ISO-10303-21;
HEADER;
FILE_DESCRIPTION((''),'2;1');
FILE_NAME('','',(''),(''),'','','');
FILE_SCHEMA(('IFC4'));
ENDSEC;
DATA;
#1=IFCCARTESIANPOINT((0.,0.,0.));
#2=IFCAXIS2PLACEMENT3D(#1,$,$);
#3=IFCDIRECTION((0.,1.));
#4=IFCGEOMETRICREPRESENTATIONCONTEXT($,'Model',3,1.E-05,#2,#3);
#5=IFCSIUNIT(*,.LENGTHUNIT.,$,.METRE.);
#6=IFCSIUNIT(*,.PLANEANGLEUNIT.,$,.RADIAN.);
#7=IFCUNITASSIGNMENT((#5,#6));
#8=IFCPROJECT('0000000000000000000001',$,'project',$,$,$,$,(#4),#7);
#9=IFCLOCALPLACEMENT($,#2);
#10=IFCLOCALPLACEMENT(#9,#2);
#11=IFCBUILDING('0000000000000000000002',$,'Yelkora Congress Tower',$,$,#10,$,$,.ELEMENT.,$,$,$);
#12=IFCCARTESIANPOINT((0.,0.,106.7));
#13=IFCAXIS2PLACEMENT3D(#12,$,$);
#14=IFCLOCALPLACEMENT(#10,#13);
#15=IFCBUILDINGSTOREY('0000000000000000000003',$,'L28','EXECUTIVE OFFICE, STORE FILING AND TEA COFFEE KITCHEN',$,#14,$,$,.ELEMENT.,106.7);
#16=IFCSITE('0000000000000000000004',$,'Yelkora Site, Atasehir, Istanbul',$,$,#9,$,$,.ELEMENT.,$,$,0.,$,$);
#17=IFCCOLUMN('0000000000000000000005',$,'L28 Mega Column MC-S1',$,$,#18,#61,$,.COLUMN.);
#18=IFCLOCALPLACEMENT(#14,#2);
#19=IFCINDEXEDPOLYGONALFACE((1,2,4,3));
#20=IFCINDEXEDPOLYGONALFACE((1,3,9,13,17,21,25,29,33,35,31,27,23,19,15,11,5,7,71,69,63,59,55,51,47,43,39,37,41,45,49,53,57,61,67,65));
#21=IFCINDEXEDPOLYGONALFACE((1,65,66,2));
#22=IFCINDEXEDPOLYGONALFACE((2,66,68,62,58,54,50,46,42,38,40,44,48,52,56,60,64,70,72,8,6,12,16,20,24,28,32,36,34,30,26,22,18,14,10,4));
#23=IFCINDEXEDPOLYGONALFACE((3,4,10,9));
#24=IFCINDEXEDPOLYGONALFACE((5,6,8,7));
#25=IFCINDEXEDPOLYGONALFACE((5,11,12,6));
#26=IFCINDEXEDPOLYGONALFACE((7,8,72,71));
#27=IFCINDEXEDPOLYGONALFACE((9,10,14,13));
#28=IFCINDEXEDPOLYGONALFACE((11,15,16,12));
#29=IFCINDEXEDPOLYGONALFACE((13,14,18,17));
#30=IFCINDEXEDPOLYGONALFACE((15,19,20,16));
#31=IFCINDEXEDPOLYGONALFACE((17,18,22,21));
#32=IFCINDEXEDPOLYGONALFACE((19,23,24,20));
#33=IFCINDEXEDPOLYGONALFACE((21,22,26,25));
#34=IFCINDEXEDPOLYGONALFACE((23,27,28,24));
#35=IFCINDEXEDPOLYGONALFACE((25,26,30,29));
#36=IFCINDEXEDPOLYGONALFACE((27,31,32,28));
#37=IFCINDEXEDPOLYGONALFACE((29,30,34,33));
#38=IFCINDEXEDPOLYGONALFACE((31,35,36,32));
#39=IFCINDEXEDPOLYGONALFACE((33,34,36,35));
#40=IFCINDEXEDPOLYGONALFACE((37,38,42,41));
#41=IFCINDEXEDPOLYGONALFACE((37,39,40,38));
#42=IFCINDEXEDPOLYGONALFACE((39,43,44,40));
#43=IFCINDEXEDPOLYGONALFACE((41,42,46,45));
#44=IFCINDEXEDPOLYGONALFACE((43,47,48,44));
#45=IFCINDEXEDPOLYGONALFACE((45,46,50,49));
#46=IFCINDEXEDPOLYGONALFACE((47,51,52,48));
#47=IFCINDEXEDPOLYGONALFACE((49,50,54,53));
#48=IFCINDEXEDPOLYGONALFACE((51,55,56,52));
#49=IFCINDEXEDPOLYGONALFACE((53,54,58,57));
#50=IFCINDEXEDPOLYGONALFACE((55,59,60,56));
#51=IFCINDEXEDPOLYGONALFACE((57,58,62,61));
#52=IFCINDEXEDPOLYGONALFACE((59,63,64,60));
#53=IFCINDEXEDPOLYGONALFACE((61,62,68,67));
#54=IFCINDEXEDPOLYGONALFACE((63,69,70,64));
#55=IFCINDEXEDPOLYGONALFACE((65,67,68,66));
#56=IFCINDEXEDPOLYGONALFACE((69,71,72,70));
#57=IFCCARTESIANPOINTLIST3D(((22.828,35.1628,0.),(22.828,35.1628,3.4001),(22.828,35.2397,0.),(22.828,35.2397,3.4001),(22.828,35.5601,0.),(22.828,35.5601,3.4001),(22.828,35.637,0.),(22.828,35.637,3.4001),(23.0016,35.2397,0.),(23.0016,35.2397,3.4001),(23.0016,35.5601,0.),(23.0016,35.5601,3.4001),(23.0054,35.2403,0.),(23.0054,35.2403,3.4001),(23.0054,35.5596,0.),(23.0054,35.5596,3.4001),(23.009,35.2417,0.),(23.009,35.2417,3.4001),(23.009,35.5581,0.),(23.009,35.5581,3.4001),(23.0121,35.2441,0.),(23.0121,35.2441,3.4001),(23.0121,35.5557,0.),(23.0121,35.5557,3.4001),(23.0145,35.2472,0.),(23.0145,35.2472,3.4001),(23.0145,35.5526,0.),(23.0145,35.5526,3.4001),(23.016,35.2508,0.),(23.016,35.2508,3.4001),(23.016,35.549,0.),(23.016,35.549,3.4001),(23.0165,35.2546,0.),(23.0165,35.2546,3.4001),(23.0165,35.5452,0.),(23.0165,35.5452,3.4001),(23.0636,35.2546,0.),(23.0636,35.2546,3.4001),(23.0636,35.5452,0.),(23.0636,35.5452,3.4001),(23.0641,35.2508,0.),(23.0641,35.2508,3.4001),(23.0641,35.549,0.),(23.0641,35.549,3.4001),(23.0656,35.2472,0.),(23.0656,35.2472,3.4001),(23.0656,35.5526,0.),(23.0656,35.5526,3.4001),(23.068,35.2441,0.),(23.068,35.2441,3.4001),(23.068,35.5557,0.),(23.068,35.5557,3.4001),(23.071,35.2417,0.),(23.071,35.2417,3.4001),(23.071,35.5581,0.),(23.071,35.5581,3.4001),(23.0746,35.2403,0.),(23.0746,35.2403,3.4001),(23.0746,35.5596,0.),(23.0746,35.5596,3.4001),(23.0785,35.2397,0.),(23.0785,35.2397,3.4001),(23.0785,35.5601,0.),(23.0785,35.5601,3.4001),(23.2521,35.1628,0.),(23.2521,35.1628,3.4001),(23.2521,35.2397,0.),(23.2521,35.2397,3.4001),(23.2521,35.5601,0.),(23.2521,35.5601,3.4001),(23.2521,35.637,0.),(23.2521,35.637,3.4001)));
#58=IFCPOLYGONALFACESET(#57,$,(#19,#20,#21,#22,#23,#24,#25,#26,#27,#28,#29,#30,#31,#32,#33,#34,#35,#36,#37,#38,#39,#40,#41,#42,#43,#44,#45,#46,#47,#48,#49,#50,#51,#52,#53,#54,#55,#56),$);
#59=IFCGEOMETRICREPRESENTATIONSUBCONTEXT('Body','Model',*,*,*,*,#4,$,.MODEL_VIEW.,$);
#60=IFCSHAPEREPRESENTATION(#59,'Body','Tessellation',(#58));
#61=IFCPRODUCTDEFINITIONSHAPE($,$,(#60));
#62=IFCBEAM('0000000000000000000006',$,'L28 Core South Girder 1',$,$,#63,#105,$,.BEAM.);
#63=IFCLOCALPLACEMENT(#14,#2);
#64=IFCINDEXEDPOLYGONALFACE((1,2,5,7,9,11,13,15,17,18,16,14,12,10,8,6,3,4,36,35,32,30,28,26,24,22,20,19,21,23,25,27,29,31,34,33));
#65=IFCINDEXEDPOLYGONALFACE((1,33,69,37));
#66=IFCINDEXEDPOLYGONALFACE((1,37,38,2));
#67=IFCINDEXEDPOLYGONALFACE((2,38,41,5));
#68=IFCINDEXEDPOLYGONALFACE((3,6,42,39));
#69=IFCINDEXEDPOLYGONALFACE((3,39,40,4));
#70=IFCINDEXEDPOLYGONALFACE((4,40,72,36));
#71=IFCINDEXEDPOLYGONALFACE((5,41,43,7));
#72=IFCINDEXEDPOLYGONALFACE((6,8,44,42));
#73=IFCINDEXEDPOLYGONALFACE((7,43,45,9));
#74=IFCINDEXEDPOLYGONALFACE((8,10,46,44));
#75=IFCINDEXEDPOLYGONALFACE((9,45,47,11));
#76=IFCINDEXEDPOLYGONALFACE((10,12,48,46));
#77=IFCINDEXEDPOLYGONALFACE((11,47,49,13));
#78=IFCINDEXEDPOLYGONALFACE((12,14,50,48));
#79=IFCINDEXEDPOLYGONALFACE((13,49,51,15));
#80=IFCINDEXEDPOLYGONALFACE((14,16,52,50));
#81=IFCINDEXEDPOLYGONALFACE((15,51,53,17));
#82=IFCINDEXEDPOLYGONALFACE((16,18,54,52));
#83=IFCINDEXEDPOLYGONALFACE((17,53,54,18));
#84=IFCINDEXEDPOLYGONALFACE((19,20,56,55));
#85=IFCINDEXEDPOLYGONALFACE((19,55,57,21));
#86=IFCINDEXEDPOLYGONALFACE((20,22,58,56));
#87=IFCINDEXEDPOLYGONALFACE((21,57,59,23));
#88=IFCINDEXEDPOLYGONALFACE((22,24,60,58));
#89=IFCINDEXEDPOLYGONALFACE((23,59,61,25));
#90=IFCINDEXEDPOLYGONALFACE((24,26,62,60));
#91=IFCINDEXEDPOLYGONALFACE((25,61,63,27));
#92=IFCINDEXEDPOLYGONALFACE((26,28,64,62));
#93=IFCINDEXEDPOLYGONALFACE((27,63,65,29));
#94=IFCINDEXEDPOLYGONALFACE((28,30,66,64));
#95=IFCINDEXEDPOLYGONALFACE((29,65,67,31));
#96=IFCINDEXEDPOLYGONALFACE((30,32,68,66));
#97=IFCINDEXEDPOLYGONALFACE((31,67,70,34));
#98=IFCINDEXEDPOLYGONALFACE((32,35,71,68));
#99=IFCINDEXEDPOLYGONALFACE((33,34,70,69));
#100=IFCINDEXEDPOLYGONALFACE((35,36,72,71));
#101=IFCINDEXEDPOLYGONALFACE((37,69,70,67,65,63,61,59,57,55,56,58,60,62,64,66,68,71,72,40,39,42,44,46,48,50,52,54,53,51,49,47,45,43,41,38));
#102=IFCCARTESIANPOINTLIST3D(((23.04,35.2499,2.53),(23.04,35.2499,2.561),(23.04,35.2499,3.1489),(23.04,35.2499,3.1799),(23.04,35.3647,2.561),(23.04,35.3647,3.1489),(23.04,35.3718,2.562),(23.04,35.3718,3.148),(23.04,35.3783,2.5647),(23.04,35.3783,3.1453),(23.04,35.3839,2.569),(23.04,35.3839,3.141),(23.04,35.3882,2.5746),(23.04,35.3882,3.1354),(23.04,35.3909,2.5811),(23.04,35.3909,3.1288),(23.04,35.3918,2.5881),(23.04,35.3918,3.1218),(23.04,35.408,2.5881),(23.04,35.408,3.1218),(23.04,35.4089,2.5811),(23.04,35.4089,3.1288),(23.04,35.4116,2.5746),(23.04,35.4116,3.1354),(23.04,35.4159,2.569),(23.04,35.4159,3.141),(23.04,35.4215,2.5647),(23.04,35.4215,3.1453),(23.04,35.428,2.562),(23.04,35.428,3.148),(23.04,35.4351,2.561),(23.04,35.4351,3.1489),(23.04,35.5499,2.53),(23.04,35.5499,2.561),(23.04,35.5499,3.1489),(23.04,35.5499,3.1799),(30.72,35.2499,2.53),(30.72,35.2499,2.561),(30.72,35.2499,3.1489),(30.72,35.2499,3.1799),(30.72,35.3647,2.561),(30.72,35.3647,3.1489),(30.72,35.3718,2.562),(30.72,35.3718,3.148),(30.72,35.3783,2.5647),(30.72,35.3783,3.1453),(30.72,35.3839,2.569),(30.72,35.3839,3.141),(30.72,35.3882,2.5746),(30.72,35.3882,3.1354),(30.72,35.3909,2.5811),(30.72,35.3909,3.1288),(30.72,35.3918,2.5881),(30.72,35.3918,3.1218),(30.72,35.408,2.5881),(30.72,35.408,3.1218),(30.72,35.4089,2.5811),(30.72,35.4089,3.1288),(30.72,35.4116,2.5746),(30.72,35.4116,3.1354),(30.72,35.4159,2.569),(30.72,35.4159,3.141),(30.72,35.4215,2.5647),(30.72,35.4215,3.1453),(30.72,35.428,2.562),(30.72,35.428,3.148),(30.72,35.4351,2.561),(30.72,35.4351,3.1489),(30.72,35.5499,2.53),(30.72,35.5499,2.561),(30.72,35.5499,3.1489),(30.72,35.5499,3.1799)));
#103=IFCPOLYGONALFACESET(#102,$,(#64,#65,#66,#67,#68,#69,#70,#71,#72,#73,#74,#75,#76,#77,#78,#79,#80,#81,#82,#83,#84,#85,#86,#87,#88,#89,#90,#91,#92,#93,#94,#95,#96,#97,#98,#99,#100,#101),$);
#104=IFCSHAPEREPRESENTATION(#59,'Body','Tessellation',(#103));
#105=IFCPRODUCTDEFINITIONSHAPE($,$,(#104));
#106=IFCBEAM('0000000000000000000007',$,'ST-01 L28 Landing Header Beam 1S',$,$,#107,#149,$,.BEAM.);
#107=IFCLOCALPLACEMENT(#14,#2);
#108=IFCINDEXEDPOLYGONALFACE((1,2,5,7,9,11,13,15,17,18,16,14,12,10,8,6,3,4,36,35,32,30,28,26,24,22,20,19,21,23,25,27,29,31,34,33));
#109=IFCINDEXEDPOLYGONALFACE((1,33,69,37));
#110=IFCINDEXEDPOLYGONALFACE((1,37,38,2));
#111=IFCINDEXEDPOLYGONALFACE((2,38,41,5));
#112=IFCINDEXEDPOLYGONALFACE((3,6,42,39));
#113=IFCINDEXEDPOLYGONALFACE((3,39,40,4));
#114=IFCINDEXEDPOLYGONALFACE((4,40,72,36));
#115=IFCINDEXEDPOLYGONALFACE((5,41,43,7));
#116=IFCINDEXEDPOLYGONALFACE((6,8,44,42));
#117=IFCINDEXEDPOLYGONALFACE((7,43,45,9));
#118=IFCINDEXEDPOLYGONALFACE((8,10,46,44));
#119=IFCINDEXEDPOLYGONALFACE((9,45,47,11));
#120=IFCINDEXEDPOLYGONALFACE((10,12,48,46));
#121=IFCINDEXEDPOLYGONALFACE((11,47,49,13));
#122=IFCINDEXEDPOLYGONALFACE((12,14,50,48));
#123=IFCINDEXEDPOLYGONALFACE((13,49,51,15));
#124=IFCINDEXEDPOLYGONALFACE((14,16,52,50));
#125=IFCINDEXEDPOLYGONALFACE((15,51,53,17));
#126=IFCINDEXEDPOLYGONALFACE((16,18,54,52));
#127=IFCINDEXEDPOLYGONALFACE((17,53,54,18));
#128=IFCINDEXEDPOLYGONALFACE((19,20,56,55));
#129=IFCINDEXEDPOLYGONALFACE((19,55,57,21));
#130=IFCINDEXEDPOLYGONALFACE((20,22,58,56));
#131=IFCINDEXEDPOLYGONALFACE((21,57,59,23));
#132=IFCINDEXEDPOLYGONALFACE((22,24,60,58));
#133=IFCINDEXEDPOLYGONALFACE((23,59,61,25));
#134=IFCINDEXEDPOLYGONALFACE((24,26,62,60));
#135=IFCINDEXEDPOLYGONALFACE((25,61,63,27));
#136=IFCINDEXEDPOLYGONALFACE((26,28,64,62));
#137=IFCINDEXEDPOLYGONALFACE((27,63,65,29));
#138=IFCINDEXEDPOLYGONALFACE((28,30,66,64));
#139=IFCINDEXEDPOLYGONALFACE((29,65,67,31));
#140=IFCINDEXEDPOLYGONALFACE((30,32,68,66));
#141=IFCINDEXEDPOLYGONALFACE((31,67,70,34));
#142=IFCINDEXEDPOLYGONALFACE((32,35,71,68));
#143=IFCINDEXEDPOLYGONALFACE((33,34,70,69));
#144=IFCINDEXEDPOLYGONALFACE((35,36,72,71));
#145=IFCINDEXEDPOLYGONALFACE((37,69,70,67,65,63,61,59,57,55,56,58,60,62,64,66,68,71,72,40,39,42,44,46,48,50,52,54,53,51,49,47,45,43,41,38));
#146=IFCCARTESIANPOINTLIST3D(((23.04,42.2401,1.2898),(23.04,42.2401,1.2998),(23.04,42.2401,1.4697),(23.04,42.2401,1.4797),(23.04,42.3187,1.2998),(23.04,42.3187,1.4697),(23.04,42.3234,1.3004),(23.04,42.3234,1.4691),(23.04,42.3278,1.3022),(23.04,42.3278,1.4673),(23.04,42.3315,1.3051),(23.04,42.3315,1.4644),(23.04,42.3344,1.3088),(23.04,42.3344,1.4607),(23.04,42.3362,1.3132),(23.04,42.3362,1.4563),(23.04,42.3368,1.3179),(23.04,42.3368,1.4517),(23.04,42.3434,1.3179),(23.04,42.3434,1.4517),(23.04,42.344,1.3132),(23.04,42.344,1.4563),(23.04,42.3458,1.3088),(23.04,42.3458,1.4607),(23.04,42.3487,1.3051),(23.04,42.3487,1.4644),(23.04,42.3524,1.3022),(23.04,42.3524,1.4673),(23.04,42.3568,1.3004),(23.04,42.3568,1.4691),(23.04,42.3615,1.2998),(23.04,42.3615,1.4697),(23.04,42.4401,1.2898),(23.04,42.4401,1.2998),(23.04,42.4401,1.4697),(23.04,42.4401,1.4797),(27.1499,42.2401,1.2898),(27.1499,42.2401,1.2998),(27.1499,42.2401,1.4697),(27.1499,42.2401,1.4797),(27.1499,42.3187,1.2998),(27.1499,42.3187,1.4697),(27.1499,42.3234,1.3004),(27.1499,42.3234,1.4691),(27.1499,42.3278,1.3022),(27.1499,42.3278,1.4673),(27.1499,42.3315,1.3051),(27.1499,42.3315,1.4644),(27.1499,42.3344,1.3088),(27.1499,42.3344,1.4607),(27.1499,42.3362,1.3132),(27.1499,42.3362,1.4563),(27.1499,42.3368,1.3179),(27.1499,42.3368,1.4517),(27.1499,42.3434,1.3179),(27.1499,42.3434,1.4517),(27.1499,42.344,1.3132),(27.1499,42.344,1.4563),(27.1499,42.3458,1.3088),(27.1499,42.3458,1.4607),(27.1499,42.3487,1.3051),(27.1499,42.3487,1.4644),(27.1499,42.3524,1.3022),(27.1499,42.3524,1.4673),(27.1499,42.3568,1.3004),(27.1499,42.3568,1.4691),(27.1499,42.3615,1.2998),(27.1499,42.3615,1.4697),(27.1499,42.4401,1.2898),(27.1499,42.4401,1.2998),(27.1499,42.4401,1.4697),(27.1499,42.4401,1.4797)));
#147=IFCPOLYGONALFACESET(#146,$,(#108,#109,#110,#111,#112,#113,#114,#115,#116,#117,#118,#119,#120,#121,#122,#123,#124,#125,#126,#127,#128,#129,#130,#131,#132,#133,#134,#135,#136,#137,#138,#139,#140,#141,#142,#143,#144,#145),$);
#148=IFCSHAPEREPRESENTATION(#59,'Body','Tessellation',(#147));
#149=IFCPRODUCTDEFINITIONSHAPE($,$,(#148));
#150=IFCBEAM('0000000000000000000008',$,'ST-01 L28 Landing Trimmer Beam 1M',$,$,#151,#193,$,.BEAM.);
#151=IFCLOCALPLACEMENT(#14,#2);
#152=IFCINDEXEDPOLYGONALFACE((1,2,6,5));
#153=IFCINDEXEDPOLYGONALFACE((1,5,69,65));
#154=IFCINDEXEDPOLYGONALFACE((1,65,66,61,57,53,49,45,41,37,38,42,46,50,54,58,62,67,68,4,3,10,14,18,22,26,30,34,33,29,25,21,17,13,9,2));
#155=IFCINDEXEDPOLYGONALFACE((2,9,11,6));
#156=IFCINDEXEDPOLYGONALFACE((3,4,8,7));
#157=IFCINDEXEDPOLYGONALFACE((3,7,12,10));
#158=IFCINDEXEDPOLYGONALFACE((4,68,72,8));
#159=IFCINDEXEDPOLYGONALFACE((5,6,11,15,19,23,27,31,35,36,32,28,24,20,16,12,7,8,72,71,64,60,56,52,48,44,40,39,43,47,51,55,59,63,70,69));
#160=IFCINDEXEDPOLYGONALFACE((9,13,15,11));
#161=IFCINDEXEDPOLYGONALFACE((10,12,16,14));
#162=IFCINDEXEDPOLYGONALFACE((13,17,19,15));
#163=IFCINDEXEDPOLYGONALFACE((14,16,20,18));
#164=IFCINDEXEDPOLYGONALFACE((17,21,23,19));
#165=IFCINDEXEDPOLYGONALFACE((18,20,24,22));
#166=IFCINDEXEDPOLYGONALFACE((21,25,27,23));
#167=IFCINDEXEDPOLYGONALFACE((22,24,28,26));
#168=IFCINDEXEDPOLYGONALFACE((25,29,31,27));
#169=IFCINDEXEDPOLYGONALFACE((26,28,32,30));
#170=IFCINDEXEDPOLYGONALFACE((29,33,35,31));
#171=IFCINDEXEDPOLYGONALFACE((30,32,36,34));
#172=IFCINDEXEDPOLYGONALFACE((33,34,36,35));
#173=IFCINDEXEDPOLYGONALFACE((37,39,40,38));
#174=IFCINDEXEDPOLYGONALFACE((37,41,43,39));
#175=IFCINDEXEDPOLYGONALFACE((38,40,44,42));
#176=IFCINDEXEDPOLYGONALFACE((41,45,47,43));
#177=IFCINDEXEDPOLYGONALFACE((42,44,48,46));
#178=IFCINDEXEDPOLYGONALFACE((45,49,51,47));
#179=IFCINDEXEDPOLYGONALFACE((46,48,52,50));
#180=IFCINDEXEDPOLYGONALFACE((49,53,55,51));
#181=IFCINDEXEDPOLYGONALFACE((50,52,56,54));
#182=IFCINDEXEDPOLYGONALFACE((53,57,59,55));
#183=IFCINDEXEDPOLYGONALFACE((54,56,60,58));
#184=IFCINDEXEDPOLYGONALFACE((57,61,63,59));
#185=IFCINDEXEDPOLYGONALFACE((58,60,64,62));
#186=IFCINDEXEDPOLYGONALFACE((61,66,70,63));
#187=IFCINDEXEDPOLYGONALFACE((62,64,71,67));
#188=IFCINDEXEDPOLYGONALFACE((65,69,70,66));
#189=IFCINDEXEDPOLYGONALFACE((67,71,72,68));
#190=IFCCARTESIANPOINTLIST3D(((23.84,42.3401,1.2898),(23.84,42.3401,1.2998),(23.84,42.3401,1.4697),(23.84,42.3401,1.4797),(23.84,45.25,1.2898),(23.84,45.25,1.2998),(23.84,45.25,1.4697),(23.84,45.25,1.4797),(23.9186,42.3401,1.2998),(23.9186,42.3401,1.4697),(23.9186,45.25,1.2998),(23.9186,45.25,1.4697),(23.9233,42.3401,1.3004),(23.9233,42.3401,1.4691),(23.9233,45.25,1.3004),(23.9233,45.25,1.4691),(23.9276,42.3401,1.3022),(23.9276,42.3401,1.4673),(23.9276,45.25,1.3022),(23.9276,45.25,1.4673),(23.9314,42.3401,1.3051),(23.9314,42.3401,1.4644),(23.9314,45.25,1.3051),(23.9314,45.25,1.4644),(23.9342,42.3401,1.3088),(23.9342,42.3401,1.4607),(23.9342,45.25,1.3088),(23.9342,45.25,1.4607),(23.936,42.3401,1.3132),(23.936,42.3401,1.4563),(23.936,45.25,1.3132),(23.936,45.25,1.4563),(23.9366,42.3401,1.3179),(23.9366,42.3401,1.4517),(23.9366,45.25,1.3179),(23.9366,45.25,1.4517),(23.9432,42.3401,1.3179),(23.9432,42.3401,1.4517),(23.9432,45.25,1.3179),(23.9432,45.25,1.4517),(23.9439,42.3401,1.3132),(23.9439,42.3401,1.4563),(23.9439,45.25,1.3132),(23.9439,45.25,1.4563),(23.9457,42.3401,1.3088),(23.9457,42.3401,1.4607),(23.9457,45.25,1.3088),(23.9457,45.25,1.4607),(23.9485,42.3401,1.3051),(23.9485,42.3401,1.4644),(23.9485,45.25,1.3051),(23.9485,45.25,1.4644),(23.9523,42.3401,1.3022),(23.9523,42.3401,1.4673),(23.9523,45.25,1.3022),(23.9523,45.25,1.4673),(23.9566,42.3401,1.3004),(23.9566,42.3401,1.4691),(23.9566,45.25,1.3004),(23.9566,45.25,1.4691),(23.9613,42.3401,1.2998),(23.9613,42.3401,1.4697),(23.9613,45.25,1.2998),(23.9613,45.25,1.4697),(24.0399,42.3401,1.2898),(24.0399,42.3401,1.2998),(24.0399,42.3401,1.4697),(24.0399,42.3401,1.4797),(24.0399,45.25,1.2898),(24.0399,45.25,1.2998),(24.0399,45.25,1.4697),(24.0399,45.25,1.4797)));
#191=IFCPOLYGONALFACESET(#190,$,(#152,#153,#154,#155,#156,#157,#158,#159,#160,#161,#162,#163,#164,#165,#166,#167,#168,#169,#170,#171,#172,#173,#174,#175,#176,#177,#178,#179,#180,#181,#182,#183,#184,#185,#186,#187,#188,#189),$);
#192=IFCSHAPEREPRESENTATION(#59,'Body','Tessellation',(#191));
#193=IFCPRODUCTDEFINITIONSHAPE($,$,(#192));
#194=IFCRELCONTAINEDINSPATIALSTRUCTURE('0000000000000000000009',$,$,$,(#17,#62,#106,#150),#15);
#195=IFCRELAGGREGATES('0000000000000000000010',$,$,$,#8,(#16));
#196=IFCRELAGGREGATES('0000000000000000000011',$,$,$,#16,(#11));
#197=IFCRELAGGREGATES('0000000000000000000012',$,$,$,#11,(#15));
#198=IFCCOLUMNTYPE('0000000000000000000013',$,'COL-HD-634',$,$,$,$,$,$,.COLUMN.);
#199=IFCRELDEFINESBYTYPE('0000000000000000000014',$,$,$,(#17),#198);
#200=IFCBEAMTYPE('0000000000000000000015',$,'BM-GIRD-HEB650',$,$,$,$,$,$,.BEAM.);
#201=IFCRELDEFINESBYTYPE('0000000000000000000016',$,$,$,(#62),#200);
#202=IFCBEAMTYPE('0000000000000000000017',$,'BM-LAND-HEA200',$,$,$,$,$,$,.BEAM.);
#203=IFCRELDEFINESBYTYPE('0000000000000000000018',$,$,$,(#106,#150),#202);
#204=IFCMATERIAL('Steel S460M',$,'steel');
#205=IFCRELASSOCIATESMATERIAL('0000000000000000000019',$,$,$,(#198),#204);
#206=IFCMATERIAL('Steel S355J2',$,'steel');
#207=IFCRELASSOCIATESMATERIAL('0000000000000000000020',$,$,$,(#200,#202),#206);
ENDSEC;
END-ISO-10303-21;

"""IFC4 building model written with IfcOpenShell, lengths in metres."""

from ifc_helpers import new_model, si_unit, direction, frame, origin, origin_2d, place, context, subcontext, project, spatial, i_section, extrude, material, material_profile, profile_set, type_object, element, save


model = new_model("IFC4")

# Units and contexts
model_context = context("Model", 3, precision=1e-05, world=origin(), true_north=direction((0.0, 1.0)))
body_context = subcontext(model_context, "Body", "Model", "MODEL_VIEW")
ifc_project = project(units=[si_unit("LENGTHUNIT", "METRE"), si_unit("PLANEANGLEUNIT", "RADIAN")], contexts=[model_context])

# Site, building, storey
site_placement = place(None, origin())
site = spatial("IfcSite", under=ifc_project, at=site_placement, Name="Yelkora Site, Atasehir, Istanbul", CompositionType="ELEMENT", RefElevation=0.0)
building_placement = place(site_placement, origin())
building = spatial("IfcBuilding", under=site, at=building_placement, Name="Yelkora Congress Tower", CompositionType="ELEMENT")
storey_placement = place(building_placement, frame((0.0, 0.0, 106.7)))
storey = spatial("IfcBuildingStorey", under=building, at=storey_placement, Name="L28", Description="EXECUTIVE OFFICE, STORE FILING AND TEA COFFEE KITCHEN", CompositionType="ELEMENT", Elevation=106.7)

# Column
ifc_material_1 = material(Name="Steel S460M", Category="steel")
ifc_material_profile_1 = material_profile(ifc_material_1, i_section(OverallWidth=0.4241, OverallDepth=0.4741, WebThickness=0.0471, FlangeThickness=0.0769, FilletRadius=0.0149, at=origin_2d()), Name="HD 400x634")
ifc_profile_set_1 = profile_set([ifc_material_profile_1], Name="Steel S460M")
column_type = type_object("IfcColumnType", Name="COL-HD-634", PredefinedType="COLUMN", material=ifc_profile_set_1)
column_placement = place(storey_placement, frame((23.04, 35.3999, 0.0), z_axis=(0.0, 0.0, 1.0), x_axis=(1.0, 0.0, 0.0)))
element("IfcColumn", 1, at=column_placement, inside=storey, type_object=column_type, Name="L28 Mega Column MC-S1", PredefinedType="COLUMN", context=body_context, shape_type="SweptSolid", body=[
    extrude(i_section(OverallWidth=0.4241, OverallDepth=0.4741, WebThickness=0.0471, FlangeThickness=0.0769, FilletRadius=0.0149, at=origin_2d()), origin(), (0.0, 0.0, 1.0), 3.4001),
])

# Beams
ifc_material_2 = material(Name="Steel S355J2", Category="steel")
ifc_material_profile_2 = material_profile(ifc_material_2, i_section(OverallWidth=0.3, OverallDepth=0.6499, WebThickness=0.0161, FlangeThickness=0.031, FilletRadius=0.0271, at=origin_2d()), Name="HEB 650")
ifc_profile_set_2 = profile_set([ifc_material_profile_2], Name="Steel S355J2")
beam_type_1 = type_object("IfcBeamType", Name="BM-GIRD-HEB650", PredefinedType="BEAM", material=ifc_profile_set_2)
beam_1_placement = place(storey_placement, frame((23.04, 35.3999, 2.855), z_axis=(1.0, 0.0, 0.0), x_axis=(0.0, 1.0, 0.0)))
element("IfcBeam", 2, at=beam_1_placement, inside=storey, type_object=beam_type_1, Name="L28 Core South Girder 1", PredefinedType="BEAM", context=body_context, shape_type="SweptSolid", body=[
    extrude(i_section(OverallWidth=0.3, OverallDepth=0.6499, WebThickness=0.0161, FlangeThickness=0.031, FilletRadius=0.0271, at=origin_2d()), origin(), (0.0, 0.0, 1.0), 7.6799),
])
ifc_material_profile_3 = material_profile(ifc_material_2, i_section(OverallWidth=0.2, OverallDepth=0.1899, WebThickness=0.0066, FlangeThickness=0.01, FilletRadius=0.0181, at=origin_2d()), Name="HEA 200")
ifc_profile_set_3 = profile_set([ifc_material_profile_3], Name="Steel S355J2")
beam_type_2 = type_object("IfcBeamType", Name="BM-LAND-HEA200", PredefinedType="BEAM", material=ifc_profile_set_3)
beam_2_placement = place(storey_placement, frame((23.04, 42.3401, 1.3848), z_axis=(1.0, 0.0, 0.0), x_axis=(0.0, 1.0, 0.0)))
element("IfcBeam", 3, at=beam_2_placement, inside=storey, type_object=beam_type_2, Name="ST-01 L28 Landing Header Beam 1S", PredefinedType="BEAM", context=body_context, shape_type="SweptSolid", body=[
    extrude(i_section(OverallWidth=0.2, OverallDepth=0.1899, WebThickness=0.0066, FlangeThickness=0.01, FilletRadius=0.0181, at=origin_2d()), origin(), (0.0, 0.0, 1.0), 4.1099),
])
beam_3_placement = place(storey_placement, frame((23.9399, 42.3401, 1.3848), z_axis=(0.0, 1.0, 0.0), x_axis=(-1.0, 0.0, 0.0)))
element("IfcBeam", 4, at=beam_3_placement, inside=storey, type_object=beam_type_2, Name="ST-01 L28 Landing Trimmer Beam 1M", PredefinedType="BEAM", context=body_context, shape_type="SweptSolid", body=[
    extrude(i_section(OverallWidth=0.2, OverallDepth=0.1899, WebThickness=0.0066, FlangeThickness=0.01, FilletRadius=0.0181, at=origin_2d()), origin(), (0.0, 0.0, 1.0), 2.9099),
])

save(model, "model.ifc")
